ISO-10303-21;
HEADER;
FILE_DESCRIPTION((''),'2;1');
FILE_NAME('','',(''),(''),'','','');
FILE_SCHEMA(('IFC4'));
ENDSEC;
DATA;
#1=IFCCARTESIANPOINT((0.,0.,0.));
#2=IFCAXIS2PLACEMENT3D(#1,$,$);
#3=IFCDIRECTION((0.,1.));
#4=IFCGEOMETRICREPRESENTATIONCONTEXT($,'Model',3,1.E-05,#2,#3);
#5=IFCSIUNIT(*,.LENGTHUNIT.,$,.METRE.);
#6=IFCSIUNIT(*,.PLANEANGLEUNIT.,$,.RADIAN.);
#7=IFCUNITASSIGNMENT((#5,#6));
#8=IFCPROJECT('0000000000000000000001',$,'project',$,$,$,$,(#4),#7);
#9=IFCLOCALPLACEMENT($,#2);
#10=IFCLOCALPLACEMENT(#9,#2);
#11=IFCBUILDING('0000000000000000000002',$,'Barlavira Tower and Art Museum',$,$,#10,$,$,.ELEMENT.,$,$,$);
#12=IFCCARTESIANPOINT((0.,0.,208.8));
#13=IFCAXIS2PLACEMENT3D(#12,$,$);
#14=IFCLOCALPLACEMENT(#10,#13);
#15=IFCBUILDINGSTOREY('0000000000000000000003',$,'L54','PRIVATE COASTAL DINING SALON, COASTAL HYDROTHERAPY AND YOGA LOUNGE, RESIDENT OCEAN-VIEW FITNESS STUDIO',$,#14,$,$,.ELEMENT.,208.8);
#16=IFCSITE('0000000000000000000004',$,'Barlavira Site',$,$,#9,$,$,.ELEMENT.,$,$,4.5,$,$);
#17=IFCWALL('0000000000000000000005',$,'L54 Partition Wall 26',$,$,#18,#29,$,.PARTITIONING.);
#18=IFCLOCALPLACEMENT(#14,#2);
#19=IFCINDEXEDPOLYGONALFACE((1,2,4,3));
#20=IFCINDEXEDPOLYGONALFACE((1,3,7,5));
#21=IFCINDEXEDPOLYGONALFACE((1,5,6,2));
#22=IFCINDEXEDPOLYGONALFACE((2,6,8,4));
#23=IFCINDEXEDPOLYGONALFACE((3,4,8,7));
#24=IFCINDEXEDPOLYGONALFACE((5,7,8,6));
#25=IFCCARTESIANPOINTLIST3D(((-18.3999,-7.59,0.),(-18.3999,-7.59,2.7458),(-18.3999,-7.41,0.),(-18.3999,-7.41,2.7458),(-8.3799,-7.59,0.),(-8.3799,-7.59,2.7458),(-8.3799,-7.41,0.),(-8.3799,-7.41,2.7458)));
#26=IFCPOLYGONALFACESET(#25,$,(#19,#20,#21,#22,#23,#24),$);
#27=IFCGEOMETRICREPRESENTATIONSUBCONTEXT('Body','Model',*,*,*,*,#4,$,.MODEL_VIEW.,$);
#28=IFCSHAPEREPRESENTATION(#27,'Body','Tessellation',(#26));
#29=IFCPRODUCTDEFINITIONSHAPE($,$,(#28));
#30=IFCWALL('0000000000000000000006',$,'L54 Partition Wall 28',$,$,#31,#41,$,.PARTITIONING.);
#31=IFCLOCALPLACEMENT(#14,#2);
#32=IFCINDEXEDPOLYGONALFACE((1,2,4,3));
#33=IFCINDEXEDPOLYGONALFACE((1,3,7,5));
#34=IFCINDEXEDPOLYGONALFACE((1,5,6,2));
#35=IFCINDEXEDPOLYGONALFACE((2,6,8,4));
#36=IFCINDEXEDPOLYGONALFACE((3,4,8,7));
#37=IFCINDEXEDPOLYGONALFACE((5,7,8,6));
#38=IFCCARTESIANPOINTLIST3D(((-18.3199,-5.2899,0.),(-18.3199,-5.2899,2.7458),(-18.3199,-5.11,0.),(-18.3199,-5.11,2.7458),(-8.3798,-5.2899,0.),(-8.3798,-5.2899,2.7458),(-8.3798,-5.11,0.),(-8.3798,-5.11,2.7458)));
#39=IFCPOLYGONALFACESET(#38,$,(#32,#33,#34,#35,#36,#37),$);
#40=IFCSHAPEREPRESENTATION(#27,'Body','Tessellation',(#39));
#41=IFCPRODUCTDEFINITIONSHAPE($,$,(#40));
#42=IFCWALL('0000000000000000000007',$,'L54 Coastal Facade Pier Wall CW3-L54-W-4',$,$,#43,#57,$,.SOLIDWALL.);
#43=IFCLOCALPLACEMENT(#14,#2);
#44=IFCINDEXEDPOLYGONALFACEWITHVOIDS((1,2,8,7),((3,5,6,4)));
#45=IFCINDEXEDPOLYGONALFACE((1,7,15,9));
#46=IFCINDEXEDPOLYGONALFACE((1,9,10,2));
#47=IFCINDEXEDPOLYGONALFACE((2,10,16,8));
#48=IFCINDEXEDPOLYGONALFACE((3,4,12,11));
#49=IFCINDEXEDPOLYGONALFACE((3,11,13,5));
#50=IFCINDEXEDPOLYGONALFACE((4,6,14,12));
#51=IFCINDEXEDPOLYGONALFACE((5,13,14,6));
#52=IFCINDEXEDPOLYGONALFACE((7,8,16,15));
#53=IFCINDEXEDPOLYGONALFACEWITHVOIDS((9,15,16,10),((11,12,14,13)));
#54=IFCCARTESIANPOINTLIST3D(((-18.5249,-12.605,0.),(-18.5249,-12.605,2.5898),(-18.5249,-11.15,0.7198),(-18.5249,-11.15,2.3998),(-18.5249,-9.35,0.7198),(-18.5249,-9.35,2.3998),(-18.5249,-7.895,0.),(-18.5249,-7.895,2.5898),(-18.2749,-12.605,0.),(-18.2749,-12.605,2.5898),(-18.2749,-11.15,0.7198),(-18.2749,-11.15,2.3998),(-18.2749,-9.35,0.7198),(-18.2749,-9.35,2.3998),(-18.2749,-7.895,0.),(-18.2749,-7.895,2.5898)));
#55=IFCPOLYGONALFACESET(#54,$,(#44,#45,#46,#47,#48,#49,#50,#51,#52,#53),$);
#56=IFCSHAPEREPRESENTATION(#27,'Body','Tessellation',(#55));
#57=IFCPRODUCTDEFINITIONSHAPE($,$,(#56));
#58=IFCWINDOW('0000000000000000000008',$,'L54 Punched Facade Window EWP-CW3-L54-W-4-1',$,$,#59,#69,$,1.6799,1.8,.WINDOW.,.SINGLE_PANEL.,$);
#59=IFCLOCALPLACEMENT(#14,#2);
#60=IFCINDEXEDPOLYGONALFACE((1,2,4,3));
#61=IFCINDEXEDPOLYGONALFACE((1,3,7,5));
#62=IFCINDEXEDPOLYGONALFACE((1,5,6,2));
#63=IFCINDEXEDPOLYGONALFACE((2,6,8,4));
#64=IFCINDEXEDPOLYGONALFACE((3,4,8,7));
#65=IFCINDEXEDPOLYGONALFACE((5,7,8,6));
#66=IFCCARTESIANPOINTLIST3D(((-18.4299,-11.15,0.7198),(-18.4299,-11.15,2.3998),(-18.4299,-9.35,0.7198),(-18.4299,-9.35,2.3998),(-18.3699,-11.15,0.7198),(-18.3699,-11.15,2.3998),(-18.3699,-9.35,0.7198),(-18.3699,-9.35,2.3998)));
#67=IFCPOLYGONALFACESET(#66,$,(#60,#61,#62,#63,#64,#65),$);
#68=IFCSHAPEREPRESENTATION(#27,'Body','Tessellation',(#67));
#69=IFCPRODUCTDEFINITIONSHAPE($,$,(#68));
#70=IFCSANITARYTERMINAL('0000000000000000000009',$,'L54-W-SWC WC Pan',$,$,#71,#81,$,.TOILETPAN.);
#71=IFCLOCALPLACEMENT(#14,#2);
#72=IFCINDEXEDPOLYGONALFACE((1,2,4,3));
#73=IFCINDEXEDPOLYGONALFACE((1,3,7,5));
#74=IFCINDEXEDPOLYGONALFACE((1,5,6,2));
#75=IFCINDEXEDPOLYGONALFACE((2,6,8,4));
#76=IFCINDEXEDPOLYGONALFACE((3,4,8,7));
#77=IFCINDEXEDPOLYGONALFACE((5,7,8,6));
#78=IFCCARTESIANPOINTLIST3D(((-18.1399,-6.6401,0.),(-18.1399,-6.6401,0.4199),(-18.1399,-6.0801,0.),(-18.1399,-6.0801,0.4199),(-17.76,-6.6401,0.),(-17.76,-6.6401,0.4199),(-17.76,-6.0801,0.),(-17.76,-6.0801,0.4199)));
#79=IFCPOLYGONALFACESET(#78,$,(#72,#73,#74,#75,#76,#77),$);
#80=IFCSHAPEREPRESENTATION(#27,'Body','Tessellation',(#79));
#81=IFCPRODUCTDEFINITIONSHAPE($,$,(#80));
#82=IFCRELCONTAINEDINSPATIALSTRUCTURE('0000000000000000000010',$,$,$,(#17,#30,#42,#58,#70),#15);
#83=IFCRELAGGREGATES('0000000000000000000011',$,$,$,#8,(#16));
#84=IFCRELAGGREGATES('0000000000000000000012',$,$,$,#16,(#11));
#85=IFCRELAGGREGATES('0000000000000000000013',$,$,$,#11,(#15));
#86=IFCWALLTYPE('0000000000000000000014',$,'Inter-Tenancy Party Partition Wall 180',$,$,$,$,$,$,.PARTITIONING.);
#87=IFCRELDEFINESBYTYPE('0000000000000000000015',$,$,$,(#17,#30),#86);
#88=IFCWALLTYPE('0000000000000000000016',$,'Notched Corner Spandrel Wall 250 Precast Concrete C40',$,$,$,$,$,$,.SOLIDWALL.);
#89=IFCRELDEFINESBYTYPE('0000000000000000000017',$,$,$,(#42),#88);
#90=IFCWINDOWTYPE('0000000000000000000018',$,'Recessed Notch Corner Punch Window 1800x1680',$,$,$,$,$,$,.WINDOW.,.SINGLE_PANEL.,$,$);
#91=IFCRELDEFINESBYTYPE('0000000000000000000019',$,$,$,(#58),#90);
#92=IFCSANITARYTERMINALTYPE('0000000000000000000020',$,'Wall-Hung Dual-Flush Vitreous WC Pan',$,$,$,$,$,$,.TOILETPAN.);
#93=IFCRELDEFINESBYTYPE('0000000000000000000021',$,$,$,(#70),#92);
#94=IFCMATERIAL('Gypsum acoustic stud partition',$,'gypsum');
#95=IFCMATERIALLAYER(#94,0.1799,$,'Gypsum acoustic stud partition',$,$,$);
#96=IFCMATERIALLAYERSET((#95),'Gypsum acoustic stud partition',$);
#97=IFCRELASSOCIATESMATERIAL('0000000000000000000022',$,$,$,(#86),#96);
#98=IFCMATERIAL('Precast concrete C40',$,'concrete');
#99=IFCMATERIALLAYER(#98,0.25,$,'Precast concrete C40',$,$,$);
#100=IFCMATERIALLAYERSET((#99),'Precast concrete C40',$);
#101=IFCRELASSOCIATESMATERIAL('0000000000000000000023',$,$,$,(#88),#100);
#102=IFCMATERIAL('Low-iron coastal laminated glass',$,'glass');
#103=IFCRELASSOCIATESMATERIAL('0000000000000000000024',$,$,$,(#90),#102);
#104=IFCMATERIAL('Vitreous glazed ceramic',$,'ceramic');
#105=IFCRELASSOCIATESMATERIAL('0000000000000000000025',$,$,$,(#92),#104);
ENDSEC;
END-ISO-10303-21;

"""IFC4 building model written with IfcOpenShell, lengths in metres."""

from ifc_helpers import new_model, si_unit, direction, frame, frame_2d, origin, origin_2d, place, context, subcontext, project, spatial, rectangle, extrude, material, layer, layer_set, type_object, element, fill, save


model = new_model("IFC4")

# Units and contexts
model_context = context("Model", 3, precision=1e-05, world=origin(), true_north=direction((0.0, 1.0)))
body_context = subcontext(model_context, "Body", "Model", "MODEL_VIEW")
ifc_project = project(units=[si_unit("LENGTHUNIT", "METRE"), si_unit("PLANEANGLEUNIT", "RADIAN")], contexts=[model_context])

# Site, building, storey
site_placement = place(None, origin())
site = spatial("IfcSite", under=ifc_project, at=site_placement, Name="Barlavira Site", CompositionType="ELEMENT", RefElevation=4.5)
building_placement = place(site_placement, origin())
building = spatial("IfcBuilding", under=site, at=building_placement, Name="Barlavira Tower and Art Museum", CompositionType="ELEMENT")
storey_placement = place(building_placement, frame((0.0, 0.0, 208.8)))
storey = spatial("IfcBuildingStorey", under=building, at=storey_placement, Name="L54", Description="PRIVATE COASTAL DINING SALON, COASTAL HYDROTHERAPY AND YOGA LOUNGE, RESIDENT OCEAN-VIEW FITNESS STUDIO", CompositionType="ELEMENT", Elevation=208.8)

# Shared definitions
ifc_material_1 = material(Name="Low-iron coastal laminated glass", Category="glass")

# Shared definitions
ifc_material_2 = material(Name="Gypsum acoustic stud partition", Category="gypsum")
ifc_layer_1 = layer(ifc_material_2, 0.1799, Name="Gypsum acoustic stud partition")
ifc_layer_set_1 = layer_set([ifc_layer_1], Name="Gypsum acoustic stud partition")
wall_type_1 = type_object("IfcWallType", Name="Inter-Tenancy Party Partition Wall 180", PredefinedType="PARTITIONING", material=ifc_layer_set_1)

# Walls
wall_1_placement = place(storey_placement, frame((-18.3999, -7.5, 0.0), z_axis=(0.0, 0.0, 1.0), x_axis=(1.0, 0.0, 0.0)))
element("IfcWall", 1, at=wall_1_placement, inside=storey, type_object=wall_type_1, Name="L54 Partition Wall 26", PredefinedType="PARTITIONING", context=body_context, shape_type="SweptSolid", body=[
    extrude(rectangle(XDim=10.02, YDim=0.1799, at=frame_2d((5.01, 0.0))), origin(), (0.0, 0.0, 1.0), 2.7458),
])
wall_2_placement = place(storey_placement, frame((-18.3201, -5.2, 0.0), z_axis=(0.0, 0.0, 1.0), x_axis=(1.0, 0.0, 0.0)))
element("IfcWall", 2, at=wall_2_placement, inside=storey, type_object=wall_type_1, Name="L54 Partition Wall 28", PredefinedType="PARTITIONING", context=body_context, shape_type="SweptSolid", body=[
    extrude(rectangle(XDim=9.9402, YDim=0.1799, at=frame_2d((4.9702, 0.0))), origin(), (0.0, 0.0, 1.0), 2.7458),
])

# Wall, opening, window
ifc_material_3 = material(Name="Precast concrete C40", Category="concrete")
ifc_layer_2 = layer(ifc_material_3, 0.25, Name="Precast concrete C40")
ifc_layer_set_2 = layer_set([ifc_layer_2], Name="Precast concrete C40")
wall_type_2 = type_object("IfcWallType", Name="Notched Corner Spandrel Wall 250 Precast Concrete C40", PredefinedType="SOLIDWALL", material=ifc_layer_set_2)
wall_3_placement = place(storey_placement, frame((-18.3999, -7.895, 0.0), z_axis=(0.0, 0.0, 1.0), x_axis=(0.0, -1.0, 0.0)))
wall_3 = element("IfcWall", 3, at=wall_3_placement, inside=storey, type_object=wall_type_2, Name="L54 Coastal Facade Pier Wall CW3-L54-W-4", PredefinedType="SOLIDWALL", context=body_context, shape_type="SweptSolid", body=[
    extrude(rectangle(XDim=4.71, YDim=0.25, at=frame_2d((2.355, 0.0))), origin(), (0.0, 0.0, 1.0), 2.5898),
])
opening_1_placement = place(wall_3_placement, frame((1.4551, 0.0, 0.72)))
opening_1 = element("IfcOpeningElement", 4, at=opening_1_placement, cuts=wall_3, PredefinedType="OPENING", context=body_context, shape_type="SweptSolid", body=[
    extrude(rectangle(XDim=1.8, YDim=1.6799, at=frame_2d((0.8999, 0.8398))), frame((0.0, 0.135, 0.0), z_axis=(0.0, -1.0, 0.0), x_axis=(1.0, 0.0, 0.0)), (0.0, 0.0, 1.0), 0.27),
])
window_type = type_object("IfcWindowType", Name="Recessed Notch Corner Punch Window 1800x1680", PartitioningType="SINGLE_PANEL", PredefinedType="WINDOW", material=ifc_material_1)
window_placement = place(opening_1_placement, origin())
window = element("IfcWindow", 5, at=window_placement, inside=storey, type_object=window_type, Name="L54 Punched Facade Window EWP-CW3-L54-W-4-1", OverallHeight=1.6799, OverallWidth=1.8, PartitioningType="SINGLE_PANEL", PredefinedType="WINDOW", context=body_context, shape_type="SweptSolid", body=[
    extrude(rectangle(XDim=1.8, YDim=1.6799, at=frame_2d((0.8999, 0.8398))), frame((0.0, 0.03, 0.0), z_axis=(0.0, -1.0, 0.0), x_axis=(1.0, 0.0, 0.0)), (0.0, 0.0, 1.0), 0.0601),
])
fill(opening_1, window)

# Sanitary terminal
ifc_material_4 = material(Name="Vitreous glazed ceramic", Category="ceramic")
sanitary_terminal_type = type_object("IfcSanitaryTerminalType", Name="Wall-Hung Dual-Flush Vitreous WC Pan", PredefinedType="TOILETPAN", material=ifc_material_4)
sanitary_terminal_placement = place(storey_placement, frame((-17.95, -6.3601, 0.0), z_axis=(0.0, 0.0, 1.0), x_axis=(1.0, 0.0, 0.0)))
element("IfcSanitaryTerminal", 6, at=sanitary_terminal_placement, inside=storey, type_object=sanitary_terminal_type, Name="L54-W-SWC WC Pan", PredefinedType="TOILETPAN", context=body_context, shape_type="SweptSolid", body=[
    extrude(rectangle(XDim=0.3799, YDim=0.5601, at=origin_2d()), origin(), (0.0, 0.0, 1.0), 0.4199),
])

save(model, "model.ifc")
